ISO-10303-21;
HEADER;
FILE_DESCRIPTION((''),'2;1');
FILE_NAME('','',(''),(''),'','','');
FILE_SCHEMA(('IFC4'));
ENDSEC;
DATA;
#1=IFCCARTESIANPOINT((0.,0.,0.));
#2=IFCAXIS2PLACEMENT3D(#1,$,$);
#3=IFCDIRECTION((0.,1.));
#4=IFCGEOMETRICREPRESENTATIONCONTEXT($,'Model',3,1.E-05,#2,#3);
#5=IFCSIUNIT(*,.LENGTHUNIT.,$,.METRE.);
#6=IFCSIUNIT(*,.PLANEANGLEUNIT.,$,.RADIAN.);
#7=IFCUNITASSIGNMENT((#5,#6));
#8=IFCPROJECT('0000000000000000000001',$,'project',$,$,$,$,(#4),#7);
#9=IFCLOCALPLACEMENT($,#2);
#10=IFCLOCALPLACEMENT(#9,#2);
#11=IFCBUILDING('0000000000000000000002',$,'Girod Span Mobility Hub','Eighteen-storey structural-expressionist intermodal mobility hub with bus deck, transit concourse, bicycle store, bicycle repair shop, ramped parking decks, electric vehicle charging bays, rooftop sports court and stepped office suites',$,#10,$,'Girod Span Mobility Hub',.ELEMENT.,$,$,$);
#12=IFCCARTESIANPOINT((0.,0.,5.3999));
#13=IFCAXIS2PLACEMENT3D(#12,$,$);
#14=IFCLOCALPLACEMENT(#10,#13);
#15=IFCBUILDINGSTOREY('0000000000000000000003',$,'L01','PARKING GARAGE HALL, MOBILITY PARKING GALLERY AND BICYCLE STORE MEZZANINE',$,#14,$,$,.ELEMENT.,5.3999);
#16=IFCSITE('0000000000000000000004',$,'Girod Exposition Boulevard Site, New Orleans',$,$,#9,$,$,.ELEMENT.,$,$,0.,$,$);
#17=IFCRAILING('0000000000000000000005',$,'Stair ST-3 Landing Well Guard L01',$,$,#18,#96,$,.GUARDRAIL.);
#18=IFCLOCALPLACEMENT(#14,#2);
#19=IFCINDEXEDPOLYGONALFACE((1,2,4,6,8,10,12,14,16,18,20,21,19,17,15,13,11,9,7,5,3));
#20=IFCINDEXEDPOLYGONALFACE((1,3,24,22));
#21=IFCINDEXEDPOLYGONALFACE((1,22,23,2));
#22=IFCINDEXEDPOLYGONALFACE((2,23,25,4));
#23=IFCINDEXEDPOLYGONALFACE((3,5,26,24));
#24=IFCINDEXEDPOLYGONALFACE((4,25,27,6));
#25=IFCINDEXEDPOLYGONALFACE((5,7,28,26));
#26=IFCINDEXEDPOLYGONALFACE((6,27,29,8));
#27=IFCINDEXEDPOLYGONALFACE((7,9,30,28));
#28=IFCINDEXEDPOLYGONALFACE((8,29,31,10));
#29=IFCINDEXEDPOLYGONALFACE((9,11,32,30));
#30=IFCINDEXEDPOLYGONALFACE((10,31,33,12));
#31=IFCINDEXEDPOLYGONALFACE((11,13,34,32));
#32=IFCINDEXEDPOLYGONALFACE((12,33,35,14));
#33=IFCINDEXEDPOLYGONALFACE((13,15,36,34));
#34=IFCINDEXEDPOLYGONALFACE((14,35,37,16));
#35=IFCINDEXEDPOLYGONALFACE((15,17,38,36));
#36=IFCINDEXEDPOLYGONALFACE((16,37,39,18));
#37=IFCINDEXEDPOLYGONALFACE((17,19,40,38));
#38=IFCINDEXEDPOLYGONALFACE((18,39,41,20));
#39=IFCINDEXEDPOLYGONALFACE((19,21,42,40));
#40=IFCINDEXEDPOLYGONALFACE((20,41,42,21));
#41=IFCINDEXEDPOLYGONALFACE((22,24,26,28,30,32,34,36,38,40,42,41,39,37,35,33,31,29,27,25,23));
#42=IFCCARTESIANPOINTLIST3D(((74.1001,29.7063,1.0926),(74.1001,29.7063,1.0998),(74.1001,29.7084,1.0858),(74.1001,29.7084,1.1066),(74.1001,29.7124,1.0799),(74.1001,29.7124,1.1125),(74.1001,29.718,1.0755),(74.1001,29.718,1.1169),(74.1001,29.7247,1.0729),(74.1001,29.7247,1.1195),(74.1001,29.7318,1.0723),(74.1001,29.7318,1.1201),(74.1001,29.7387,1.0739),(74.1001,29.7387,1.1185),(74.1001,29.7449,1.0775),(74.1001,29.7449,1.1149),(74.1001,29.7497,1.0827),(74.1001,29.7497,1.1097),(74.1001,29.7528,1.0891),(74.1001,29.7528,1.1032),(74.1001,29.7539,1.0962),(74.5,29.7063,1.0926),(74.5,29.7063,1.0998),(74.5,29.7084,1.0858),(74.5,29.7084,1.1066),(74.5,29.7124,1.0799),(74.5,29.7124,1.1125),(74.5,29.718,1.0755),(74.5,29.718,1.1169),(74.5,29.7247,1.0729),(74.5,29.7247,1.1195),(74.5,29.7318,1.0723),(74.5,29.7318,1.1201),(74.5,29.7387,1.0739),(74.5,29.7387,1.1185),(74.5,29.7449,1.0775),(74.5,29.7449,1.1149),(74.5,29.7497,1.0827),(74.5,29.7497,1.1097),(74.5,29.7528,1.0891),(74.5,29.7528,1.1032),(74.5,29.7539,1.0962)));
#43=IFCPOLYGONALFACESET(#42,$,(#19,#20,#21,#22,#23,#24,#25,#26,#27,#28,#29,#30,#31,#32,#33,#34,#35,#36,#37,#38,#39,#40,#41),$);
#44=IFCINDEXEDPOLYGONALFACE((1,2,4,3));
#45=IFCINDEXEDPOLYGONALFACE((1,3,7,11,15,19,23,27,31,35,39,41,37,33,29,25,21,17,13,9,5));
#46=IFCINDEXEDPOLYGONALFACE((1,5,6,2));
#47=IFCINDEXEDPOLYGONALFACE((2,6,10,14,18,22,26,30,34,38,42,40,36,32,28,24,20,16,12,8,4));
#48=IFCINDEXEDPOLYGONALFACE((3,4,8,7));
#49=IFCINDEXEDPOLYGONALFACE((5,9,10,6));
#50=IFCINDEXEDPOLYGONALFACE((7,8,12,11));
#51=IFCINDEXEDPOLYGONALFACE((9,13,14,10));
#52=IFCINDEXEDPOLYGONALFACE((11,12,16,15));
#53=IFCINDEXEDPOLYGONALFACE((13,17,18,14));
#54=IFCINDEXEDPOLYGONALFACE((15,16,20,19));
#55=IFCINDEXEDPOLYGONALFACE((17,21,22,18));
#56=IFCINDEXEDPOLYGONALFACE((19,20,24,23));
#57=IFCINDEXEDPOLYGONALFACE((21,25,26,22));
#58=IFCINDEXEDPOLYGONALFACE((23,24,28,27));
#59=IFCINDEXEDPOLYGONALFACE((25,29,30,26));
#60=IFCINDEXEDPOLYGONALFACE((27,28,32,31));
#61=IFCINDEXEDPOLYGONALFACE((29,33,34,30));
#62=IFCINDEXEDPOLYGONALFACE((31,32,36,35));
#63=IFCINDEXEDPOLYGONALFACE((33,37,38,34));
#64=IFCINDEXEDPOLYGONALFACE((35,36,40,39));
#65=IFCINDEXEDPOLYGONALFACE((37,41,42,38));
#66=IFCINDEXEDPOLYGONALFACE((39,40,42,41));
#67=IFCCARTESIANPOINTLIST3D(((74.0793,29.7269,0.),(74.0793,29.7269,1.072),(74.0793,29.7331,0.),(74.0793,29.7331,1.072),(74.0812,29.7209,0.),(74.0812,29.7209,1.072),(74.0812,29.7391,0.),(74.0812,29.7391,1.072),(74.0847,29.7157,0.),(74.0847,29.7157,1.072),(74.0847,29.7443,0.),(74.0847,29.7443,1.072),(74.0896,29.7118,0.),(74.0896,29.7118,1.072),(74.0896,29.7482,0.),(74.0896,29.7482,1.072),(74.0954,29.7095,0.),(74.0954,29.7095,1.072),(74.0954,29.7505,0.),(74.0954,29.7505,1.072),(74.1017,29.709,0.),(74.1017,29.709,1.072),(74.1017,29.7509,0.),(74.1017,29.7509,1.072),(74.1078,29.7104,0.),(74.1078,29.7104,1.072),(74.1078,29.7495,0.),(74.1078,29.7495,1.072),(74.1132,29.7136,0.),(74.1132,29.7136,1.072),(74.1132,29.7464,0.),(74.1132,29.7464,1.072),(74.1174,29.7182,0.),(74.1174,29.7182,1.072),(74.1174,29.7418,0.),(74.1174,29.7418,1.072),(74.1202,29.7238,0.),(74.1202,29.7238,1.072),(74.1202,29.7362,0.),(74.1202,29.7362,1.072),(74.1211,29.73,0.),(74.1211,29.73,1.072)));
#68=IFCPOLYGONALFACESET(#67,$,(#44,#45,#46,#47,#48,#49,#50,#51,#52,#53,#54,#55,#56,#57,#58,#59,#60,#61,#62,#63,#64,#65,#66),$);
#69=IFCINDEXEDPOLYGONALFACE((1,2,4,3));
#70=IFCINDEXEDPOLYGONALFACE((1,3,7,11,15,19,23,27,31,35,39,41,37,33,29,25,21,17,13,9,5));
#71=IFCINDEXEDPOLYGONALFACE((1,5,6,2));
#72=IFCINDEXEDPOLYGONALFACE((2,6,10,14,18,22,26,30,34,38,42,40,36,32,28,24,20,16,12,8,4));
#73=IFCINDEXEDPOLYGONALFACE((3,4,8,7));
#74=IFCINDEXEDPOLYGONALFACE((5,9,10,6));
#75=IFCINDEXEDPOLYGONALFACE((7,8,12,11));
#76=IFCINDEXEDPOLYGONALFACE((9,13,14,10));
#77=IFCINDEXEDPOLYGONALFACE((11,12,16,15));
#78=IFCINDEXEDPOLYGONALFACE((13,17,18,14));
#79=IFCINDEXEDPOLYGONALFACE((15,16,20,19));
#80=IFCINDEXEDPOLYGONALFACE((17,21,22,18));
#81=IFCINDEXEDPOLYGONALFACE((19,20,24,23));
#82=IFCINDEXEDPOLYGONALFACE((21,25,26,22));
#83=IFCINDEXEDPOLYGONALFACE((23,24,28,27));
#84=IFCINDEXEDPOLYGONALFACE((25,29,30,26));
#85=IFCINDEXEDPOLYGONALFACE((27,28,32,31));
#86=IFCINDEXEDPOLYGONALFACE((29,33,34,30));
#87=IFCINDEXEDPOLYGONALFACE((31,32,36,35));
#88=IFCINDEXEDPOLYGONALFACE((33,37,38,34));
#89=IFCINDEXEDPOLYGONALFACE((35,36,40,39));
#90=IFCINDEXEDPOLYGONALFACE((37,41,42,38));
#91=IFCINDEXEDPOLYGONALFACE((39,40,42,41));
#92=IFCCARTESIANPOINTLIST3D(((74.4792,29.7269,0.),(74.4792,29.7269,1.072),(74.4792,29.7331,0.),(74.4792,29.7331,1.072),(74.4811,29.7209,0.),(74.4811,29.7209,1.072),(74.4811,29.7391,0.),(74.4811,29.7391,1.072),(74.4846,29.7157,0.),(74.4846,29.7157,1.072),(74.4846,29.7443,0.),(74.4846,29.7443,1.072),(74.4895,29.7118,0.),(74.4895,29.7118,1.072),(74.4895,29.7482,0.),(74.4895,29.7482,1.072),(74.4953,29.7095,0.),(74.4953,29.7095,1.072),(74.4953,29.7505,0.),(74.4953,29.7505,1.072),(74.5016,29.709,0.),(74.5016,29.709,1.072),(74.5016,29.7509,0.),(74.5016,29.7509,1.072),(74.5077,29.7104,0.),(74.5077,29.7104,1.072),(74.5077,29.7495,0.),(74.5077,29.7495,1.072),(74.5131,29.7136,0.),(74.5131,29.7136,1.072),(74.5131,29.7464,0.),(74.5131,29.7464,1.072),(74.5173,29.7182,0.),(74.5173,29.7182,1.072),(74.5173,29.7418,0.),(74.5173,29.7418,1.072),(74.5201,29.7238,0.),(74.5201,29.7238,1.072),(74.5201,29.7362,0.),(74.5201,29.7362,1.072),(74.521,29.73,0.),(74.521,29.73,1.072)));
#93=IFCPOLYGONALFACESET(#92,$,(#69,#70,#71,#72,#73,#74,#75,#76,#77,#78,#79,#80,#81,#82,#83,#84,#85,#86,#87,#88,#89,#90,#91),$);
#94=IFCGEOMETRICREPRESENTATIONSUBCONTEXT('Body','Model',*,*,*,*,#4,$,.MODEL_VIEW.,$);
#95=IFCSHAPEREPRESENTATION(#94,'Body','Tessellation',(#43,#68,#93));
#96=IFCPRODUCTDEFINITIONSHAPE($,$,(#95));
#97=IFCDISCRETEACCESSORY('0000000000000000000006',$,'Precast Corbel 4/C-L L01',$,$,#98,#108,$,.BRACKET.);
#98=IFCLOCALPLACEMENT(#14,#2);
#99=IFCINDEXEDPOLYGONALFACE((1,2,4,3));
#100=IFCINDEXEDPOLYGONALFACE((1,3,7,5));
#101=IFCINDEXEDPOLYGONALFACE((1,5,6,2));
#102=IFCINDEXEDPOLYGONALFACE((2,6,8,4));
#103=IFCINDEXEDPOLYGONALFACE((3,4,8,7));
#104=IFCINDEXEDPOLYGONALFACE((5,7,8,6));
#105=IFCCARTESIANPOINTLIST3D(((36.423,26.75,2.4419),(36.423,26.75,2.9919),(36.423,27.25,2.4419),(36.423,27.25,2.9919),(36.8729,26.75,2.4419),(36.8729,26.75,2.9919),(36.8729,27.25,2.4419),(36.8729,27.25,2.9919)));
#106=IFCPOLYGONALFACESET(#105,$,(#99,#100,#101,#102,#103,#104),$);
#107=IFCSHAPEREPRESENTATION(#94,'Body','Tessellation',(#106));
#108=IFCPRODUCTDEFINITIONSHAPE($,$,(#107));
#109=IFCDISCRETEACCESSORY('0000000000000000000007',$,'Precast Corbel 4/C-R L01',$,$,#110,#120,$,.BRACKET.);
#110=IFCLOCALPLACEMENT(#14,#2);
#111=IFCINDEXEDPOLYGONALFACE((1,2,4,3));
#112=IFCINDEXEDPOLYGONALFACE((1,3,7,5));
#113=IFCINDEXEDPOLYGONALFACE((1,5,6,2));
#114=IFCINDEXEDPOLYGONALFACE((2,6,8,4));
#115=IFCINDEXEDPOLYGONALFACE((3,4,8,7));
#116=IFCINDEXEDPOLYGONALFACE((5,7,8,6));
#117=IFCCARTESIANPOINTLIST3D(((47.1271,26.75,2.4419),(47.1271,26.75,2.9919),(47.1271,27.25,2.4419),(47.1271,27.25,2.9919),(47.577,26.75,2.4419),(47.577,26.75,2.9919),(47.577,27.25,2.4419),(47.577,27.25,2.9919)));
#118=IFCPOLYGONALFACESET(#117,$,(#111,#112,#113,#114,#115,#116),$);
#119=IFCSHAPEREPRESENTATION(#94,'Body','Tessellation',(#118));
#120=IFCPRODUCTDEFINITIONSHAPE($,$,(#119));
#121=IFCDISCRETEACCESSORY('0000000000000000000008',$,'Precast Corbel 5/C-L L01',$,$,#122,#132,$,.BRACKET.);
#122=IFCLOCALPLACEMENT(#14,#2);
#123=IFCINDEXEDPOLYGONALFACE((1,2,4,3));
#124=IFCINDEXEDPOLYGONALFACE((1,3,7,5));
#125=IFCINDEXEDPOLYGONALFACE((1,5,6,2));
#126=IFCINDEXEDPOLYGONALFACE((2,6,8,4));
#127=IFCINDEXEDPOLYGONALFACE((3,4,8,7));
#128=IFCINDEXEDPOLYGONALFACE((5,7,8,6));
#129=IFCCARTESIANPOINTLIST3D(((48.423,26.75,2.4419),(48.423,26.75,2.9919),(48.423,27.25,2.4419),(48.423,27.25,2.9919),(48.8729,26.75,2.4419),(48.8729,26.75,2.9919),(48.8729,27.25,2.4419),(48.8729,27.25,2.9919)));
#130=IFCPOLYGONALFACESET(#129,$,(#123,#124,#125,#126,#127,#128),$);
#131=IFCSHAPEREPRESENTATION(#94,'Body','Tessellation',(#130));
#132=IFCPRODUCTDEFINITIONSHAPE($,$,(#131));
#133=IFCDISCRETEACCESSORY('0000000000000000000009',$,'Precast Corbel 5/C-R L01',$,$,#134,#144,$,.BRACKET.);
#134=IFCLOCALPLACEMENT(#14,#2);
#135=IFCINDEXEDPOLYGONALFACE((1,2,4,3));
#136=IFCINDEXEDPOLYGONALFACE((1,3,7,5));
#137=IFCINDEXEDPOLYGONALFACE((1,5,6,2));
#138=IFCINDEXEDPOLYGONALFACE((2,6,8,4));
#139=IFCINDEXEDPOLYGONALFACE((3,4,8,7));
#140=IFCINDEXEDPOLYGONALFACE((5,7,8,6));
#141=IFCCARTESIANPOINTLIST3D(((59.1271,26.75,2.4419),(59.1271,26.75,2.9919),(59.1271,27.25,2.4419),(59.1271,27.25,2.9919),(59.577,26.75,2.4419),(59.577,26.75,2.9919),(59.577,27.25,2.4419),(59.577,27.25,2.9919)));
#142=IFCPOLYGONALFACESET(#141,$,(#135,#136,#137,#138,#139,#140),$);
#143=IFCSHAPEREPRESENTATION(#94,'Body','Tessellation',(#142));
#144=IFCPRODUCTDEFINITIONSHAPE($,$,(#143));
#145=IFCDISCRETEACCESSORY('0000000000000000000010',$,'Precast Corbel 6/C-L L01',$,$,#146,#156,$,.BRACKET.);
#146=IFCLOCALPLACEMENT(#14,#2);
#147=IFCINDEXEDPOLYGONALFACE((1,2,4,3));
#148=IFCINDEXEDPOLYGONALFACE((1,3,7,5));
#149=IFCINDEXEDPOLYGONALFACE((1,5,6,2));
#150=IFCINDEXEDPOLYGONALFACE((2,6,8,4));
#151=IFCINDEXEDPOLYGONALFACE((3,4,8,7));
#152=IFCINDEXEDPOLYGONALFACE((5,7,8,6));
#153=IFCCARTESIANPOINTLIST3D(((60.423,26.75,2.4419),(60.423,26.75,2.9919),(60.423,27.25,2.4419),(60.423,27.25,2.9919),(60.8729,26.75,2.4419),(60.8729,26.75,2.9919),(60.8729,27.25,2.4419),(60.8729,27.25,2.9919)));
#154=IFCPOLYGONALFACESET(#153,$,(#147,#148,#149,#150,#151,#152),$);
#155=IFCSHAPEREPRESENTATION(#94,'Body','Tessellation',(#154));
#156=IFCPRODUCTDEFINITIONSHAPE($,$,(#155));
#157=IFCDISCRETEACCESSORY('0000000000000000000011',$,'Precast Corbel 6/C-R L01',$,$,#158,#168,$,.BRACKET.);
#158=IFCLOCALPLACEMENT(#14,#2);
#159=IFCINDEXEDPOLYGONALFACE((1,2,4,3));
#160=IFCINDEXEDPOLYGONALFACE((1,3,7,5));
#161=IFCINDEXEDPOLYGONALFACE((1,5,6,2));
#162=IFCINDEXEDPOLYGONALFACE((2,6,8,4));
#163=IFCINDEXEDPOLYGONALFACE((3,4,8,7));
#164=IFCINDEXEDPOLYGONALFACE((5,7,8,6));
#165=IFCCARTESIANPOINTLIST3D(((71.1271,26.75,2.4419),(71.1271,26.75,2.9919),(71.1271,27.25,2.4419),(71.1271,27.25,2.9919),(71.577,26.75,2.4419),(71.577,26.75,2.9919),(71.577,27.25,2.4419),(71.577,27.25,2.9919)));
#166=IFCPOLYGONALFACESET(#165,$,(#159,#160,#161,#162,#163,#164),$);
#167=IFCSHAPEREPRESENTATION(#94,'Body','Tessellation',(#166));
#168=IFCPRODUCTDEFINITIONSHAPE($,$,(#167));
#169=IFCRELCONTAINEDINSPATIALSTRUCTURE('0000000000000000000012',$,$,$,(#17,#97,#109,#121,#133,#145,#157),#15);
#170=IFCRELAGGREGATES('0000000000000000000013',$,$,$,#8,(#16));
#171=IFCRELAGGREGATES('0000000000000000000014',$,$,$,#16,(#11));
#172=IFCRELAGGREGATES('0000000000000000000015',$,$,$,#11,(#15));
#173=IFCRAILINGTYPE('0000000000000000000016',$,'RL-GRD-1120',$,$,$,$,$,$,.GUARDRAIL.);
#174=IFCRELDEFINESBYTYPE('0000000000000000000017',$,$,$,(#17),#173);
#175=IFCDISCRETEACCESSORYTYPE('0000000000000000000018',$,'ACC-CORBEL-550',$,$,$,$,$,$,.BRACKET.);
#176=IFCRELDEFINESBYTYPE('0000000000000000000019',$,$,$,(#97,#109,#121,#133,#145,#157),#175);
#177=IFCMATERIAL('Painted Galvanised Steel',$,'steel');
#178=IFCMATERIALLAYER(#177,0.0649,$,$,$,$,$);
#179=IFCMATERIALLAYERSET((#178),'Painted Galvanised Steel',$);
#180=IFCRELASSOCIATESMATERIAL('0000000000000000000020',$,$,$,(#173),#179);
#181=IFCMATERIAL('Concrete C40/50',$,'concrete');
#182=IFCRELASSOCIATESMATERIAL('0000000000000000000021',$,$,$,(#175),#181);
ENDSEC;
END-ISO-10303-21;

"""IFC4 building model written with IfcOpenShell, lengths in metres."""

from ifc_helpers import new_model, si_unit, direction, frame, origin, origin_2d, place, context, subcontext, project, spatial, rectangle, circle, extrude, material, layer, layer_set, type_object, element, save


model = new_model("IFC4")

# Units and contexts
model_context = context("Model", 3, precision=1e-05, world=origin(), true_north=direction((0.0, 1.0)))
body_context = subcontext(model_context, "Body", "Model", "MODEL_VIEW")
ifc_project = project(units=[si_unit("LENGTHUNIT", "METRE"), si_unit("PLANEANGLEUNIT", "RADIAN")], contexts=[model_context])

# Site, building, storey
site_placement = place(None, origin())
site = spatial("IfcSite", under=ifc_project, at=site_placement, Name="Girod Exposition Boulevard Site, New Orleans", CompositionType="ELEMENT", RefElevation=0.0)
building_placement = place(site_placement, origin())
building = spatial("IfcBuilding", under=site, at=building_placement, Name="Girod Span Mobility Hub", Description="Eighteen-storey structural-expressionist intermodal mobility hub with bus deck, transit concourse, bicycle store, bicycle repair shop, ramped parking decks, electric vehicle charging bays, rooftop sports court and stepped office suites", LongName="Girod Span Mobility Hub", CompositionType="ELEMENT")
storey_placement = place(building_placement, frame((0.0, 0.0, 5.3999)))
storey = spatial("IfcBuildingStorey", under=building, at=storey_placement, Name="L01", Description="PARKING GARAGE HALL, MOBILITY PARKING GALLERY AND BICYCLE STORE MEZZANINE", CompositionType="ELEMENT", Elevation=5.3999)

# Railing
ifc_material_1 = material(Name="Painted Galvanised Steel", Category="steel")
ifc_layer_1 = layer(ifc_material_1, 0.0649)
ifc_layer_set_1 = layer_set([ifc_layer_1], Name="Painted Galvanised Steel")
railing_type_1 = type_object("IfcRailingType", Name="RL-GRD-1120", PredefinedType="GUARDRAIL", material=ifc_layer_set_1)
railing_1_placement = place(storey_placement, frame((74.1001, 29.73, 0.0)))
element("IfcRailing", 1, at=railing_1_placement, inside=storey, type_object=railing_type_1, Name="Stair ST-3 Landing Well Guard L01", PredefinedType="GUARDRAIL", context=body_context, shape_type="SweptSolid", body=[
    extrude(circle(Radius=0.0239, at=origin_2d()), frame((0.0, 0.0, 1.0962), z_axis=(1.0, 0.0, 0.0), x_axis=(0.0, 1.0, 0.0)), (0.0, 0.0, 1.0), 0.3999),
    extrude(circle(Radius=0.021, at=origin_2d()), origin(), (0.0, 0.0, 1.0), 1.072),
    extrude(circle(Radius=0.021, at=origin_2d()), frame((0.3999, 0.0, 0.0)), (0.0, 0.0, 1.0), 1.072),
])

# Discrete accessories
ifc_material_2 = material(Name="Concrete C40/50", Category="concrete")
discrete_accessory_type = type_object("IfcDiscreteAccessoryType", Name="ACC-CORBEL-550", PredefinedType="BRACKET", material=ifc_material_2)
for number, where, z_axis, x_axis, name in (
    (2, (36.6479, 27.0, 2.4419), (0.0, 0.0, 1.0), (1.0, 0.0, 0.0), "Precast Corbel 4/C-L L01"),
    (3, (47.3521, 27.0, 2.4419), (0.0, 0.0, 1.0), (1.0, 0.0, 0.0), "Precast Corbel 4/C-R L01"),
    (4, (48.6479, 27.0, 2.4419), (0.0, 0.0, 1.0), (1.0, 0.0, 0.0), "Precast Corbel 5/C-L L01"),
    (5, (59.3521, 27.0, 2.4419), (0.0, 0.0, 1.0), (1.0, 0.0, 0.0), "Precast Corbel 5/C-R L01"),
    (6, (60.6479, 27.0, 2.4419), (0.0, 0.0, 1.0), (1.0, 0.0, 0.0), "Precast Corbel 6/C-L L01"),
    (7, (71.3521, 27.0, 2.4419), (0.0, 0.0, 1.0), (1.0, 0.0, 0.0), "Precast Corbel 6/C-R L01"),
):
    element("IfcDiscreteAccessory", number, at=place(storey_placement, frame(where, z_axis=z_axis, x_axis=x_axis)), inside=storey, type_object=discrete_accessory_type, Name=name, PredefinedType="BRACKET", context=body_context, shape_type="SweptSolid", body=[
        extrude(rectangle(XDim=0.45, YDim=0.5, at=origin_2d()), origin(), (0.0, 0.0, 1.0), 0.55),
    ])

save(model, "model.ifc")
